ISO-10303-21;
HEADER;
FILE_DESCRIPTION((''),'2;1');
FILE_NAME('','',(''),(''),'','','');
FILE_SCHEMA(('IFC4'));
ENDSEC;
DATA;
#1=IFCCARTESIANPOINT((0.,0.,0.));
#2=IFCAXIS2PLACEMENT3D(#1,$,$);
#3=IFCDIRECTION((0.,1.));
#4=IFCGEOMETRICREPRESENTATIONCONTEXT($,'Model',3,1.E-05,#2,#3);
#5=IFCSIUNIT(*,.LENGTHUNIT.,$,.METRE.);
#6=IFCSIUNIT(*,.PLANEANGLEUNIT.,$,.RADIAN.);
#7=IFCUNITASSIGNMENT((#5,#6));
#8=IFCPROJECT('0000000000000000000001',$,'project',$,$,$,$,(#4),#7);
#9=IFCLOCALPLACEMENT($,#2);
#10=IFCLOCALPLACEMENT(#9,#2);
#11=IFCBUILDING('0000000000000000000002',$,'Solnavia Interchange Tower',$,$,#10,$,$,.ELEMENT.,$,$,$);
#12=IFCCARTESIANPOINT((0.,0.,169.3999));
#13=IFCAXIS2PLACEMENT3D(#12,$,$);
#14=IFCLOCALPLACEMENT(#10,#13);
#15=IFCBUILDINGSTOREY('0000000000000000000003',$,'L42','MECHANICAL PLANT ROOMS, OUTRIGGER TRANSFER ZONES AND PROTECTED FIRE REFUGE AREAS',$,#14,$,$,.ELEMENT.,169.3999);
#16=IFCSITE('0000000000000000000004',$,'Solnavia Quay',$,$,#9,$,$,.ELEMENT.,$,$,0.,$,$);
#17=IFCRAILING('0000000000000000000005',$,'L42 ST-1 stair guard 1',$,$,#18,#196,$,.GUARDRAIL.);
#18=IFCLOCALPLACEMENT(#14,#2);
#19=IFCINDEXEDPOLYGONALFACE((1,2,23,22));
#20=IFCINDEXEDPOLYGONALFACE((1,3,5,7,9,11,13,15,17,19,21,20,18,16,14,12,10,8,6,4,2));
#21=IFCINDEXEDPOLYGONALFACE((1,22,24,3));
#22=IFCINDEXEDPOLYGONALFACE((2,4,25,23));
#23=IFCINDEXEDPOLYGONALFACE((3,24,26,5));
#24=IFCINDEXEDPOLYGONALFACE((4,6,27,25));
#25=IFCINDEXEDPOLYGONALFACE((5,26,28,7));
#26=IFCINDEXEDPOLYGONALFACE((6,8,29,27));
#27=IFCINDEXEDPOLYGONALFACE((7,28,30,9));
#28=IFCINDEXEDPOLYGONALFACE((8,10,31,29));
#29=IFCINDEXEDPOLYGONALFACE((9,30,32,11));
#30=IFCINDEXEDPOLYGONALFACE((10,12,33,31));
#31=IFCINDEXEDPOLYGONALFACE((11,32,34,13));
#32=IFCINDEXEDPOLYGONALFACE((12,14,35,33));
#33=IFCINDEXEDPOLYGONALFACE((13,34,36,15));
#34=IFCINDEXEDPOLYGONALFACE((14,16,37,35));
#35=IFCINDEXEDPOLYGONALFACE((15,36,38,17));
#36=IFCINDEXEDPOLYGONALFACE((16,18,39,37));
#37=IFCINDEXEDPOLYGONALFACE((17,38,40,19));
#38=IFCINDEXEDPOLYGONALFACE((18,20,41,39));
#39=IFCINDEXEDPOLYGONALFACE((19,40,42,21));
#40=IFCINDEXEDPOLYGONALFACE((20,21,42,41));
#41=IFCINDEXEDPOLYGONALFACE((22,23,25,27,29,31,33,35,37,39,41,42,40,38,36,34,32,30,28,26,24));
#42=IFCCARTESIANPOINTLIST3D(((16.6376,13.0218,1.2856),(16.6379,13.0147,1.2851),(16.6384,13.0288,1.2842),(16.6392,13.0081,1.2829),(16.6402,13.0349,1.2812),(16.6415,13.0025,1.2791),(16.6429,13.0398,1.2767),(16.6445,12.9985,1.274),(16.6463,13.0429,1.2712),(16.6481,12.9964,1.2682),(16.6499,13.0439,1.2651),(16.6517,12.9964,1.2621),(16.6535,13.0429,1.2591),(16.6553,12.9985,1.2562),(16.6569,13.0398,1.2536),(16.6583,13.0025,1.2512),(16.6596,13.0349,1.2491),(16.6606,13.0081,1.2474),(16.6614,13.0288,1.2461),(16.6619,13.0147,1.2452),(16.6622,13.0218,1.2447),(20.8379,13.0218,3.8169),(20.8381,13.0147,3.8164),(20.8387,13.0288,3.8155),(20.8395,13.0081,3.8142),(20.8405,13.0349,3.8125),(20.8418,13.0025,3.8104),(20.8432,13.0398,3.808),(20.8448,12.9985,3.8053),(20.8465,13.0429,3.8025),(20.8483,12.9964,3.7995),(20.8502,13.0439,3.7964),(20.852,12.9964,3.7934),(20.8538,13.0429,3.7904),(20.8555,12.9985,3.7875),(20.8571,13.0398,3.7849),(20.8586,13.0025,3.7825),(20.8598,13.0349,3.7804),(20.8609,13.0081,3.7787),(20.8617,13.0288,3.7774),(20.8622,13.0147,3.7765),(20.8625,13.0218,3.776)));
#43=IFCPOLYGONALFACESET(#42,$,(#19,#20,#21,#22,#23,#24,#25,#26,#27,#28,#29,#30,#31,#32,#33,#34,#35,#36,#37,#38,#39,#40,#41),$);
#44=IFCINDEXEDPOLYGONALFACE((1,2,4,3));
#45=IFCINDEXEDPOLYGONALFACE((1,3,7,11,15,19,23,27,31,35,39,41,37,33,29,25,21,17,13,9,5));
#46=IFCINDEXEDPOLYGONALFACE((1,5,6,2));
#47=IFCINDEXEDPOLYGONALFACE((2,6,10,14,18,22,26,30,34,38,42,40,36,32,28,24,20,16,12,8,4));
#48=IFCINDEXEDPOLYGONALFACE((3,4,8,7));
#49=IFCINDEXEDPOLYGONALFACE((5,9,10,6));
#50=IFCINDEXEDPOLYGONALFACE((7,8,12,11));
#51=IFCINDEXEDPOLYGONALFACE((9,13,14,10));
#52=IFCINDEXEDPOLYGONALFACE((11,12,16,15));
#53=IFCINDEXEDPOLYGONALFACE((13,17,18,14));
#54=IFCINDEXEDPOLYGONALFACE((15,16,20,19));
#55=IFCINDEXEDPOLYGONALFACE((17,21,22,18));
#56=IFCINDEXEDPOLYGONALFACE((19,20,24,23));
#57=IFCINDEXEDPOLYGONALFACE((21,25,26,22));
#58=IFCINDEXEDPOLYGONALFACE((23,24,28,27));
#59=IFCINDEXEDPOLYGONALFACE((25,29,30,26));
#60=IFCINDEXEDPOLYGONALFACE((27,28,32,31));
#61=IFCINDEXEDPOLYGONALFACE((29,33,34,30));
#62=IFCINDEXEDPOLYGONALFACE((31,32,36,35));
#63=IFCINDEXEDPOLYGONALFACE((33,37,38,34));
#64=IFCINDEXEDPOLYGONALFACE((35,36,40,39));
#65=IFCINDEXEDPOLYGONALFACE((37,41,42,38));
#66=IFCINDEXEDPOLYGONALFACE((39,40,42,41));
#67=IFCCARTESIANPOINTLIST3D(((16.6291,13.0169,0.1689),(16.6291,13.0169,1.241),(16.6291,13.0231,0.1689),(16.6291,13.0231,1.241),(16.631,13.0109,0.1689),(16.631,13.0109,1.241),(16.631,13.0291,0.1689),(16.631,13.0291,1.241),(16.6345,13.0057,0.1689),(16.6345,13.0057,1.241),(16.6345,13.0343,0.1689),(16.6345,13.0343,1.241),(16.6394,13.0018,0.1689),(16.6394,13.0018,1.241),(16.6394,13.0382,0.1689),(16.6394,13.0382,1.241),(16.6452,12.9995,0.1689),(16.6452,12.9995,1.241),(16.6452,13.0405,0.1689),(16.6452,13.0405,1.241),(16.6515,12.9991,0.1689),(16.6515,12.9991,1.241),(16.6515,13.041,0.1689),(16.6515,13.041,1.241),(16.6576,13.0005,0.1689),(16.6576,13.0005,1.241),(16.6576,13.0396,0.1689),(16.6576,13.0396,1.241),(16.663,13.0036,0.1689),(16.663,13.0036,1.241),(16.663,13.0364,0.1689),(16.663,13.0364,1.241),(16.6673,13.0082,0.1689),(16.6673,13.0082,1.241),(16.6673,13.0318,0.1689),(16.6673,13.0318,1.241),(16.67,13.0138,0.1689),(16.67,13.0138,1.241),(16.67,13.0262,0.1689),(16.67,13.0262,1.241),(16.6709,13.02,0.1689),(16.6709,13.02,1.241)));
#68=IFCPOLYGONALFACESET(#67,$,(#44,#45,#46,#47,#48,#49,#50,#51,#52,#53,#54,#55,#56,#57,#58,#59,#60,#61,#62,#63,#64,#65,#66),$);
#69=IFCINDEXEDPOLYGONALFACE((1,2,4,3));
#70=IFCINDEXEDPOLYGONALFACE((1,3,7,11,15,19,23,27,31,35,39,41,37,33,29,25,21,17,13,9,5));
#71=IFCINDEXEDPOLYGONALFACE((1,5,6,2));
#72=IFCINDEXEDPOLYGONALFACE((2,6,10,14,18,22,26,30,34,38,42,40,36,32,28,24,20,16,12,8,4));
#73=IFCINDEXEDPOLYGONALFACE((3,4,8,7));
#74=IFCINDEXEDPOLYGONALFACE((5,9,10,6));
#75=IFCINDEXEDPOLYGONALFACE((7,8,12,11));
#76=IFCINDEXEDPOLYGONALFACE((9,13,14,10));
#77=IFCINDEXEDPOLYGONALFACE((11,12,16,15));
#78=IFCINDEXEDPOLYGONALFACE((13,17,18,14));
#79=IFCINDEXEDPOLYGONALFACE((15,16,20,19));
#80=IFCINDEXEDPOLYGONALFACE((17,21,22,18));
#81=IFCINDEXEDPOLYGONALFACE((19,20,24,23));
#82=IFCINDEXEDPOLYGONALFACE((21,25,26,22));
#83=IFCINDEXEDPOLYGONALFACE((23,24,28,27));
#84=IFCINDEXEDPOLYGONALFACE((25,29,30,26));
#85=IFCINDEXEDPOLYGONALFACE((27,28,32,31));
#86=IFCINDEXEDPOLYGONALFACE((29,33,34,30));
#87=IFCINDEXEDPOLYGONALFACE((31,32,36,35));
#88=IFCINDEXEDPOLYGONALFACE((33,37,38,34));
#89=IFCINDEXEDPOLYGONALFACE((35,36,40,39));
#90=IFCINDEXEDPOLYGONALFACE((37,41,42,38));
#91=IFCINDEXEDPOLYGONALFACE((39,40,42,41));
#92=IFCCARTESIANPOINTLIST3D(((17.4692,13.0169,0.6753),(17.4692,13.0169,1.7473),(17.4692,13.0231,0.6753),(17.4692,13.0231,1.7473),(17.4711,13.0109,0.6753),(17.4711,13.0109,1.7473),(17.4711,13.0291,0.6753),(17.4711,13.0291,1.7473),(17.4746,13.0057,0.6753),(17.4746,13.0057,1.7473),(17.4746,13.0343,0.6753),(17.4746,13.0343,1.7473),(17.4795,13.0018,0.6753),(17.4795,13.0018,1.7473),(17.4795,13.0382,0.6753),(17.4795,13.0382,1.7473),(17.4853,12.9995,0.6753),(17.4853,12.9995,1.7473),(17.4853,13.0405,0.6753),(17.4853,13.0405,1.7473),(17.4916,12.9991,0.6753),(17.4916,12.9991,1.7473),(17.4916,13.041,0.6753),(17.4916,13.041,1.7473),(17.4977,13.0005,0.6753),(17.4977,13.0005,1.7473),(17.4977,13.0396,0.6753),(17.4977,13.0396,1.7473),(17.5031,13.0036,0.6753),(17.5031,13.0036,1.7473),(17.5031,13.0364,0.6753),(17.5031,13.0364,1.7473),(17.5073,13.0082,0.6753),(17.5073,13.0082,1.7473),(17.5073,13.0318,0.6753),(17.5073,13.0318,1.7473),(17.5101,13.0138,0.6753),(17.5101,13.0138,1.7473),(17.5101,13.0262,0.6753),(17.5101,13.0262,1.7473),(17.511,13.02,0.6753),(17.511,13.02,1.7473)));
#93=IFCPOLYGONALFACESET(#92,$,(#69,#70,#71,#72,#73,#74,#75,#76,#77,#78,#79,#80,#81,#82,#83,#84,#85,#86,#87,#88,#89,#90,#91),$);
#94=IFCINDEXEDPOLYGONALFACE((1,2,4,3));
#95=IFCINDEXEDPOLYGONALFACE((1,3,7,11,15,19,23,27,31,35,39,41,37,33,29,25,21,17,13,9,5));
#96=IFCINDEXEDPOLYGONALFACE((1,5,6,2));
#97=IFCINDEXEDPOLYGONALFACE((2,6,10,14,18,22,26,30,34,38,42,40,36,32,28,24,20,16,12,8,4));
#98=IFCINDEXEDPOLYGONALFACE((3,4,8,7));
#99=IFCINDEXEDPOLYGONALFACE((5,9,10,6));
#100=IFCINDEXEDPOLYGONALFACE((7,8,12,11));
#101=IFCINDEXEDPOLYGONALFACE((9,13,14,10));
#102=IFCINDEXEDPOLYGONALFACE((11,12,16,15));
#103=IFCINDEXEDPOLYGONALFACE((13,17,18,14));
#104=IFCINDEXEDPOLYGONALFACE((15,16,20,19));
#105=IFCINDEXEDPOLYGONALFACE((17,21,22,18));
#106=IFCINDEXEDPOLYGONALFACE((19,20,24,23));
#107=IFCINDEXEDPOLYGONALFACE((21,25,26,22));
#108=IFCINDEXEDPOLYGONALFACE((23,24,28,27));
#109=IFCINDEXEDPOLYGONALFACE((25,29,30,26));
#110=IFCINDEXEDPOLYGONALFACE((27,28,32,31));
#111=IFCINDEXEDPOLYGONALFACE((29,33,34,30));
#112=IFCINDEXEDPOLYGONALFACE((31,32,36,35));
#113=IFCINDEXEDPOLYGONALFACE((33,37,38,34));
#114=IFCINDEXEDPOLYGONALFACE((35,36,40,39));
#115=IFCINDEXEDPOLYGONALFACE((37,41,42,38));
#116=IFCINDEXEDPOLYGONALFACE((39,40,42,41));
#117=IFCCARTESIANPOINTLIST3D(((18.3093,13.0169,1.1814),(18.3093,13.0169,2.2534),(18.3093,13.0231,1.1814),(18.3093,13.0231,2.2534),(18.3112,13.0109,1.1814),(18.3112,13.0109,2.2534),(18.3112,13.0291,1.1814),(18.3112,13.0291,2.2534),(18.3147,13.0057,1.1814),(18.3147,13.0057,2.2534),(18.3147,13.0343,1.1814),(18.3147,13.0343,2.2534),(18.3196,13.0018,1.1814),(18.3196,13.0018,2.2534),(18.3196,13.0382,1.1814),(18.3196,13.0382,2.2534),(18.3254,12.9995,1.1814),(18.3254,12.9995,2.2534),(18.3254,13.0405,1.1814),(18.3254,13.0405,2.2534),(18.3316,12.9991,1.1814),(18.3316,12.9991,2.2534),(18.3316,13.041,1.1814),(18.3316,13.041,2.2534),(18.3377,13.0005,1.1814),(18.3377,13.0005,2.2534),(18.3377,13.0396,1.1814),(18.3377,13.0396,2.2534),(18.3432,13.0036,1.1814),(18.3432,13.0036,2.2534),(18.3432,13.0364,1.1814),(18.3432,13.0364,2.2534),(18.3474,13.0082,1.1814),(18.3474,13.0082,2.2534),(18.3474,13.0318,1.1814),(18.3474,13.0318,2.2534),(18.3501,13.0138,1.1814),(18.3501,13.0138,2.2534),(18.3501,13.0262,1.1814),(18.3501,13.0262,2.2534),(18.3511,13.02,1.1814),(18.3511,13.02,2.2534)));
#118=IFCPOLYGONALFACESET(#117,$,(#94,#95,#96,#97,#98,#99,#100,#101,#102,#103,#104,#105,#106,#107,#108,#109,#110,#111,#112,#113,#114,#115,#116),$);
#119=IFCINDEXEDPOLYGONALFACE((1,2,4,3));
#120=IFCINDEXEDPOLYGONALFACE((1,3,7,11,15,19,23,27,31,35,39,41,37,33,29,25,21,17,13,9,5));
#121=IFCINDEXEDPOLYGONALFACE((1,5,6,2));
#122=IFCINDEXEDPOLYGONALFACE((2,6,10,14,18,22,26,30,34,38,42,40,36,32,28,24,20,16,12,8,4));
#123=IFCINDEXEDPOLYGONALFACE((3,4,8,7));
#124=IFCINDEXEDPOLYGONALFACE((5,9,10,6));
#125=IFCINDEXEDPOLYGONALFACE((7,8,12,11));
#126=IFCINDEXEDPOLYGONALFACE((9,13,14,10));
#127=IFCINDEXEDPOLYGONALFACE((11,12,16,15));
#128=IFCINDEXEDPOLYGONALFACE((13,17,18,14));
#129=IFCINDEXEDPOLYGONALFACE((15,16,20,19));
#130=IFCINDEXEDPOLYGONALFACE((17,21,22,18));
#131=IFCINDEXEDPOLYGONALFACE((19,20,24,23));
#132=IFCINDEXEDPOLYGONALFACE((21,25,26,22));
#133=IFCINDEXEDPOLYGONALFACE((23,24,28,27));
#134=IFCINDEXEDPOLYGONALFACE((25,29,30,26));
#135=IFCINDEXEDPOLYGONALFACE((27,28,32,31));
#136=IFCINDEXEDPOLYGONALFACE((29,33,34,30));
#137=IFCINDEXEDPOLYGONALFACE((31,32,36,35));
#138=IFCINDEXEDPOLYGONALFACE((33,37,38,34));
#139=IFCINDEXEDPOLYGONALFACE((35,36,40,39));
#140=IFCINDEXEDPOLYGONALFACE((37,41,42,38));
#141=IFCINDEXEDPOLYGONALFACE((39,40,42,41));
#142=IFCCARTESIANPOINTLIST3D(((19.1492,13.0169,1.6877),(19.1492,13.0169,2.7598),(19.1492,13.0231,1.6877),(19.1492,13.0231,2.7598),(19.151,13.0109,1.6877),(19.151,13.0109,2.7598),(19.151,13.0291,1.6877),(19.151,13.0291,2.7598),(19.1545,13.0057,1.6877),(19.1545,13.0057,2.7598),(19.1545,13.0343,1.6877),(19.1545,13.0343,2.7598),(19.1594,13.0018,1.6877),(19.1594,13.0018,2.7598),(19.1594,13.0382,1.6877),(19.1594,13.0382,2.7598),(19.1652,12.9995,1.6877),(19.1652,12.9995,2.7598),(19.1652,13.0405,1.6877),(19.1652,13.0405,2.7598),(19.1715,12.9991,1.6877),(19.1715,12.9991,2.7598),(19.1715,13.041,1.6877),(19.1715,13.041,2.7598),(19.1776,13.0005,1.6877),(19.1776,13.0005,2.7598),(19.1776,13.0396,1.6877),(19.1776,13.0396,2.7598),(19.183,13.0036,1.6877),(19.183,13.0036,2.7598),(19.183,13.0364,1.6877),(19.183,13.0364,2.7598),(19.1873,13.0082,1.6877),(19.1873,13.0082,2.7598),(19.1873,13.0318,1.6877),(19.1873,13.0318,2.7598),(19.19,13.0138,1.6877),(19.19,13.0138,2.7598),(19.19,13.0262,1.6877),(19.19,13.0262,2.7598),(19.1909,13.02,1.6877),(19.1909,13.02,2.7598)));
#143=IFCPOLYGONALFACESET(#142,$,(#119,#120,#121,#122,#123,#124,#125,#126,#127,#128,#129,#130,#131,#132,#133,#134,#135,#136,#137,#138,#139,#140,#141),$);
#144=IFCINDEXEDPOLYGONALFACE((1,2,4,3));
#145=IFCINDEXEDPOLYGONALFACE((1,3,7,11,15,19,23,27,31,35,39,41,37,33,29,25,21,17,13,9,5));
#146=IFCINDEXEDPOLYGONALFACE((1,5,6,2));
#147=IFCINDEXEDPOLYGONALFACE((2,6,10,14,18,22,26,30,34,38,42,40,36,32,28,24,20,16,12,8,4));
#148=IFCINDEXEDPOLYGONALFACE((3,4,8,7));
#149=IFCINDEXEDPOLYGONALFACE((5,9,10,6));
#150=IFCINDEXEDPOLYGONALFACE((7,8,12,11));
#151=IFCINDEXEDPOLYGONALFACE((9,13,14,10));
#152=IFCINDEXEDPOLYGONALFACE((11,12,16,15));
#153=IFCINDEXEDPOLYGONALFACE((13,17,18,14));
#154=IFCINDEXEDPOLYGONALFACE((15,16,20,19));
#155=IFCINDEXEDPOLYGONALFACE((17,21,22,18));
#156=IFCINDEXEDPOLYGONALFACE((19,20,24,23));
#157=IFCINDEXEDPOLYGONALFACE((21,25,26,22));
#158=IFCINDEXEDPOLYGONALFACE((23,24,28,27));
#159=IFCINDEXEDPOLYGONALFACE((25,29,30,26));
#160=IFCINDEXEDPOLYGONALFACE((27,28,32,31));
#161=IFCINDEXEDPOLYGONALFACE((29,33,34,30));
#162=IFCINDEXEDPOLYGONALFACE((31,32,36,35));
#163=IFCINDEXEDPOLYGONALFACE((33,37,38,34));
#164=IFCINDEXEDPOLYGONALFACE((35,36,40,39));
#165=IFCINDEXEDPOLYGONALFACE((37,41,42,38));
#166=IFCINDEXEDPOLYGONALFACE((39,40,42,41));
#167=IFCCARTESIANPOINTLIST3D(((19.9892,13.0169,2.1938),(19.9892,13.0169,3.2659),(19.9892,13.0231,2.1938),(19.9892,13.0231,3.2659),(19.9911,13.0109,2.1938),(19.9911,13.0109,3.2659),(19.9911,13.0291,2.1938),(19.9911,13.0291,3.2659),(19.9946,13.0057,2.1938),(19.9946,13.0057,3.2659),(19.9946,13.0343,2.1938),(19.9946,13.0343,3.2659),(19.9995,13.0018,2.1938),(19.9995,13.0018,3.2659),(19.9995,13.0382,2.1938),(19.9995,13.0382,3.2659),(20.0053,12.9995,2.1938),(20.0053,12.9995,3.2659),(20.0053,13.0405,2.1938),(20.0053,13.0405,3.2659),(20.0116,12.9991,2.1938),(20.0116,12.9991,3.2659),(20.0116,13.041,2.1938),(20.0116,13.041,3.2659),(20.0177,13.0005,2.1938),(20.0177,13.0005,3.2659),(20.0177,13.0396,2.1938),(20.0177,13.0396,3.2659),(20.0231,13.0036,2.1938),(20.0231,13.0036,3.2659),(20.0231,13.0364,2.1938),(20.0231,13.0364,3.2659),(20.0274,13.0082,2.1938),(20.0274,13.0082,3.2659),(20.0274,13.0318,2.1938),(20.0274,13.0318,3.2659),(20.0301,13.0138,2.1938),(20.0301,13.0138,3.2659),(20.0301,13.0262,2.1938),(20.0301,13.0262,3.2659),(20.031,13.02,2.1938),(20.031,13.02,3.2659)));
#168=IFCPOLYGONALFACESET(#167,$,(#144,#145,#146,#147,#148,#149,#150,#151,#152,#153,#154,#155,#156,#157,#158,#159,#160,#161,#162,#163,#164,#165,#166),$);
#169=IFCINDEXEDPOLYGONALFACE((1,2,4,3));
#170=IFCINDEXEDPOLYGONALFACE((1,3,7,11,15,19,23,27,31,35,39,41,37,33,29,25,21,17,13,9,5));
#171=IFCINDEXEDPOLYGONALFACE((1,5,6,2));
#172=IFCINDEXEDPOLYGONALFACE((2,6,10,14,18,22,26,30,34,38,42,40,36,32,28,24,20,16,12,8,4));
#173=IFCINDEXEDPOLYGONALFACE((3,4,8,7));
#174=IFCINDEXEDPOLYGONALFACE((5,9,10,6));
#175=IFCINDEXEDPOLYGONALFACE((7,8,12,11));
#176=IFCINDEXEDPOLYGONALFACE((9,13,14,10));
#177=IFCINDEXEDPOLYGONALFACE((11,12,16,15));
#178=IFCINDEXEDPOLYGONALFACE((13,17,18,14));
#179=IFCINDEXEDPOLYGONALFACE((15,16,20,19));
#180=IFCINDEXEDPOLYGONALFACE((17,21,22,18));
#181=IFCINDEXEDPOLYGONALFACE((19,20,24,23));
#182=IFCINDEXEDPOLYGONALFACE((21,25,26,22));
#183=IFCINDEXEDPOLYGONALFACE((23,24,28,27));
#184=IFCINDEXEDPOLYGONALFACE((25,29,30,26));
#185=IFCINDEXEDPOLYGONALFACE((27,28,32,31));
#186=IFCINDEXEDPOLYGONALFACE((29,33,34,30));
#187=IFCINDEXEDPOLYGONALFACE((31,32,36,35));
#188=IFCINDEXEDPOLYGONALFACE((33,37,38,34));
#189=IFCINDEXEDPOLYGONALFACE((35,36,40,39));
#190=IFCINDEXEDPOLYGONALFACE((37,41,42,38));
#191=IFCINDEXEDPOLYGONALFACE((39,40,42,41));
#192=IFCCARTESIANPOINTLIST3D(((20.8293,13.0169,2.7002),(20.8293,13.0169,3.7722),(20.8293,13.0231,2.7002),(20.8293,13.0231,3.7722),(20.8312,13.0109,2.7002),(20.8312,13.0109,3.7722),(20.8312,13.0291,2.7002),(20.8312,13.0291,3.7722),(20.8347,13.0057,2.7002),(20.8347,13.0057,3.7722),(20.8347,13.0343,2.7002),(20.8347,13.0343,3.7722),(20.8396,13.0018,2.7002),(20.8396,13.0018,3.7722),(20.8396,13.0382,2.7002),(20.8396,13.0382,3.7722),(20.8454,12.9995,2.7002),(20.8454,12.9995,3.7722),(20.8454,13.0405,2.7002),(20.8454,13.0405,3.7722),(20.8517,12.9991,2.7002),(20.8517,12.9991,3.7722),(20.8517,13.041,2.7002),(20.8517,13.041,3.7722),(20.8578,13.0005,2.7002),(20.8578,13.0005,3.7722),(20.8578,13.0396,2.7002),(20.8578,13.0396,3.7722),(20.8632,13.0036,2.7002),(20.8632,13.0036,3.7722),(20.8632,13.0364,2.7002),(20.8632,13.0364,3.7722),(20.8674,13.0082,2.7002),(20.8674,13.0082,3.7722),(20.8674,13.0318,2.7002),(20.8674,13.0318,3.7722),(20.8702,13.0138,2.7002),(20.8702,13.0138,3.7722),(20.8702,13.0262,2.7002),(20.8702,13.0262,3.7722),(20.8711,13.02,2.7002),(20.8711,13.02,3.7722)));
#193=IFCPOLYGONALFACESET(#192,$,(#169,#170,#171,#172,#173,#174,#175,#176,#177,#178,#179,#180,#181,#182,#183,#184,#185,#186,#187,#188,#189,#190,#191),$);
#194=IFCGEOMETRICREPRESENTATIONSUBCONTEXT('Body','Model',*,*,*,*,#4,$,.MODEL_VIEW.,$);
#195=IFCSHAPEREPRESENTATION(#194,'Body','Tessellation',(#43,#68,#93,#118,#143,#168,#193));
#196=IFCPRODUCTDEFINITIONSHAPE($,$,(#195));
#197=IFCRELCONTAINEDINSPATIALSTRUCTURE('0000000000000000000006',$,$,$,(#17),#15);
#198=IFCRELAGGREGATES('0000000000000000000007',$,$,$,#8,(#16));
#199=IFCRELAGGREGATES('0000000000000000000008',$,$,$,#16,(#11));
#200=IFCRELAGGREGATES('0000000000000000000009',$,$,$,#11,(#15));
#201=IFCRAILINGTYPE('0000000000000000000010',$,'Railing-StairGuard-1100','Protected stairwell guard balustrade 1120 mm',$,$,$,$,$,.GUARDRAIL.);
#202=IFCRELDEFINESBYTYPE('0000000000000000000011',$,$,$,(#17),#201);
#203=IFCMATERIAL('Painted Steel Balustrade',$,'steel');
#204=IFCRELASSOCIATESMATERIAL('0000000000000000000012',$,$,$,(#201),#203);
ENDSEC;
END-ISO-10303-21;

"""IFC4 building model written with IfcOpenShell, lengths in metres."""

from ifc_helpers import new_model, si_unit, direction, frame, origin, origin_2d, place, context, subcontext, project, spatial, circle, extrude, material, type_object, element, save


model = new_model("IFC4")

# Units and contexts
model_context = context("Model", 3, precision=1e-05, world=origin(), true_north=direction((0.0, 1.0)))
body_context = subcontext(model_context, "Body", "Model", "MODEL_VIEW")
ifc_project = project(units=[si_unit("LENGTHUNIT", "METRE"), si_unit("PLANEANGLEUNIT", "RADIAN")], contexts=[model_context])

# Site, building, storey
site_placement = place(None, origin())
site = spatial("IfcSite", under=ifc_project, at=site_placement, Name="Solnavia Quay", CompositionType="ELEMENT", RefElevation=0.0)
building_placement = place(site_placement, origin())
building = spatial("IfcBuilding", under=site, at=building_placement, Name="Solnavia Interchange Tower", CompositionType="ELEMENT")
storey_placement = place(building_placement, frame((0.0, 0.0, 169.3999)))
storey = spatial("IfcBuildingStorey", under=building, at=storey_placement, Name="L42", Description="MECHANICAL PLANT ROOMS, OUTRIGGER TRANSFER ZONES AND PROTECTED FIRE REFUGE AREAS", CompositionType="ELEMENT", Elevation=169.3999)

# Railing
ifc_material_1 = material(Name="Painted Steel Balustrade", Category="steel")
railing_type_1 = type_object("IfcRailingType", Name="Railing-StairGuard-1100", Description="Protected stairwell guard balustrade 1120 mm", PredefinedType="GUARDRAIL", material=ifc_material_1)
railing_1_placement = place(storey_placement, frame((16.6499, 13.02, 0.1689)))
element("IfcRailing", 1, at=railing_1_placement, inside=storey, type_object=railing_type_1, Name="L42 ST-1 stair guard 1", PredefinedType="GUARDRAIL", context=body_context, shape_type="SweptSolid", body=[
    extrude(circle(Radius=0.0239, at=origin_2d()), frame((0.0, 0.0, 1.0962), z_axis=(0.85649, 0.0, 0.516164), x_axis=(0.0, 1.0, 0.0)), (0.0, 0.0, 1.0), 4.9041),
    extrude(circle(Radius=0.021, at=origin_2d()), origin(), (0.0, 0.0, 1.0), 1.072),
    extrude(circle(Radius=0.021, at=origin_2d()), frame((0.8401, 0.0, 0.5063)), (0.0, 0.0, 1.0), 1.072),
    extrude(circle(Radius=0.021, at=origin_2d()), frame((1.6802, 0.0, 1.0125)), (0.0, 0.0, 1.0), 1.072),
    extrude(circle(Radius=0.021, at=origin_2d()), frame((2.52, 0.0, 1.5188)), (0.0, 0.0, 1.0), 1.072),
    extrude(circle(Radius=0.021, at=origin_2d()), frame((3.3601, 0.0, 2.0249)), (0.0, 0.0, 1.0), 1.072),
    extrude(circle(Radius=0.021, at=origin_2d()), frame((4.2002, 0.0, 2.5312)), (0.0, 0.0, 1.0), 1.072),
])

save(model, "model.ifc")
